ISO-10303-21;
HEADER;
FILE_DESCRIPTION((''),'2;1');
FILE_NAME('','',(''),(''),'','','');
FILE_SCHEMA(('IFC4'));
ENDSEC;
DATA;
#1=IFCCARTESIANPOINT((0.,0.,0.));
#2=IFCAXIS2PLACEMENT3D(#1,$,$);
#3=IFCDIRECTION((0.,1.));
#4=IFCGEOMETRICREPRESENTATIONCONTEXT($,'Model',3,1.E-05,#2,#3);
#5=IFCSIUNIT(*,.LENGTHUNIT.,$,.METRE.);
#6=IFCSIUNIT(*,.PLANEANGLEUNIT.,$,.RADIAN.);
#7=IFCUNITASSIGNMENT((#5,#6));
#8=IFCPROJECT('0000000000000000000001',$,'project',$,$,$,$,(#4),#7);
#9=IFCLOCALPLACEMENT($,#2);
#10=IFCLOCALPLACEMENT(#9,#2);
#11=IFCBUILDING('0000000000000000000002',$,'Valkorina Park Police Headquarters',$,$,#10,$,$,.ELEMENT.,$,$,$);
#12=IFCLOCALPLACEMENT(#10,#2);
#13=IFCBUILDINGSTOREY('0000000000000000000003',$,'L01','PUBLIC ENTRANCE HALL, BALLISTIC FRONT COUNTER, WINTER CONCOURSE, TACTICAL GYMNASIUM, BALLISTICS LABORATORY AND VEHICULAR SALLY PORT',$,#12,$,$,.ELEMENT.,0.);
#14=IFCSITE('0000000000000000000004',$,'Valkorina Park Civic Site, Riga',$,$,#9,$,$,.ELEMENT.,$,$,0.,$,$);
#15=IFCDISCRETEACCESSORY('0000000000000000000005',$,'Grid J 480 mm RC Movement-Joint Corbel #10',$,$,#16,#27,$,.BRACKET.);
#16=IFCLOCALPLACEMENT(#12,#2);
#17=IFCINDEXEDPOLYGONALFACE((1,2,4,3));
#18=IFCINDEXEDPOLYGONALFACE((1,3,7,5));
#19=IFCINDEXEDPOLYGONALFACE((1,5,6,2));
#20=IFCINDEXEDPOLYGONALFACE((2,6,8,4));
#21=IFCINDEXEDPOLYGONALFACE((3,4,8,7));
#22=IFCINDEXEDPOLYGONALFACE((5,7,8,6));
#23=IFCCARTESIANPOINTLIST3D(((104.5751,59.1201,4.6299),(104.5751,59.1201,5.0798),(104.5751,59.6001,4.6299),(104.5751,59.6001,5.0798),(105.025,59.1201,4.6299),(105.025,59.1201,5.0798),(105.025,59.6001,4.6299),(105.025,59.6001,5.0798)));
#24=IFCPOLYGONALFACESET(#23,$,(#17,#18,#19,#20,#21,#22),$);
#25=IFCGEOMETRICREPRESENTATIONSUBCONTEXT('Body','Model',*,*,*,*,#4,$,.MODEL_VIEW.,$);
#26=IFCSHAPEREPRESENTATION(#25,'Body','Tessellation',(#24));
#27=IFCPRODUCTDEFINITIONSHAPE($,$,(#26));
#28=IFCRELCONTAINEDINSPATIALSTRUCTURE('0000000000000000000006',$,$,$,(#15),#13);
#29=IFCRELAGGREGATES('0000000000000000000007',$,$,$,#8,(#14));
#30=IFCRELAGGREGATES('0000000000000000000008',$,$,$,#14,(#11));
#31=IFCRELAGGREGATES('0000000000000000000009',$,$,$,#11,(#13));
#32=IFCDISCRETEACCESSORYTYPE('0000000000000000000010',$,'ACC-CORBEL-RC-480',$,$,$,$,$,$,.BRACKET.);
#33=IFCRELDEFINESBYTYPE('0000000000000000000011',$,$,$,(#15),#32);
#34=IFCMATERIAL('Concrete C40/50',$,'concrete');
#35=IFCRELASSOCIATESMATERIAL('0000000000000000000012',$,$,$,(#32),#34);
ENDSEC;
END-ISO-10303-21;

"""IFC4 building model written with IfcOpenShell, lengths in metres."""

from ifc_helpers import new_model, si_unit, direction, frame, origin, origin_2d, place, context, subcontext, project, spatial, rectangle, extrude, material, type_object, element, save


model = new_model("IFC4")

# Units and contexts
model_context = context("Model", 3, precision=1e-05, world=origin(), true_north=direction((0.0, 1.0)))
body_context = subcontext(model_context, "Body", "Model", "MODEL_VIEW")
ifc_project = project(units=[si_unit("LENGTHUNIT", "METRE"), si_unit("PLANEANGLEUNIT", "RADIAN")], contexts=[model_context])

# Site, building, storey
site_placement = place(None, origin())
site = spatial("IfcSite", under=ifc_project, at=site_placement, Name="Valkorina Park Civic Site, Riga", CompositionType="ELEMENT", RefElevation=0.0)
building_placement = place(site_placement, origin())
building = spatial("IfcBuilding", under=site, at=building_placement, Name="Valkorina Park Police Headquarters", CompositionType="ELEMENT")
storey_placement = place(building_placement, origin())
storey = spatial("IfcBuildingStorey", under=building, at=storey_placement, Name="L01", Description="PUBLIC ENTRANCE HALL, BALLISTIC FRONT COUNTER, WINTER CONCOURSE, TACTICAL GYMNASIUM, BALLISTICS LABORATORY AND VEHICULAR SALLY PORT", CompositionType="ELEMENT", Elevation=0.0)

# Shared definitions
ifc_material_1 = material(Name="Concrete C40/50", Category="concrete")

# Discrete accessory
discrete_accessory_type_1 = type_object("IfcDiscreteAccessoryType", Name="ACC-CORBEL-RC-480", PredefinedType="BRACKET", material=ifc_material_1)
for number, where, z_axis, x_axis, name in (
    (1, (104.8, 59.3601, 4.6299), (0.0, 0.0, 1.0), (1.0, 0.0, 0.0), "Grid J 480 mm RC Movement-Joint Corbel #10"),
):
    element("IfcDiscreteAccessory", number, at=place(storey_placement, frame(where, z_axis=z_axis, x_axis=x_axis)), inside=storey, type_object=discrete_accessory_type_1, Name=name, PredefinedType="BRACKET", context=body_context, shape_type="SweptSolid", body=[
        extrude(rectangle(XDim=0.45, YDim=0.48, at=origin_2d()), origin(), (0.0, 0.0, 1.0), 0.45),
    ])

save(model, "model.ifc")
